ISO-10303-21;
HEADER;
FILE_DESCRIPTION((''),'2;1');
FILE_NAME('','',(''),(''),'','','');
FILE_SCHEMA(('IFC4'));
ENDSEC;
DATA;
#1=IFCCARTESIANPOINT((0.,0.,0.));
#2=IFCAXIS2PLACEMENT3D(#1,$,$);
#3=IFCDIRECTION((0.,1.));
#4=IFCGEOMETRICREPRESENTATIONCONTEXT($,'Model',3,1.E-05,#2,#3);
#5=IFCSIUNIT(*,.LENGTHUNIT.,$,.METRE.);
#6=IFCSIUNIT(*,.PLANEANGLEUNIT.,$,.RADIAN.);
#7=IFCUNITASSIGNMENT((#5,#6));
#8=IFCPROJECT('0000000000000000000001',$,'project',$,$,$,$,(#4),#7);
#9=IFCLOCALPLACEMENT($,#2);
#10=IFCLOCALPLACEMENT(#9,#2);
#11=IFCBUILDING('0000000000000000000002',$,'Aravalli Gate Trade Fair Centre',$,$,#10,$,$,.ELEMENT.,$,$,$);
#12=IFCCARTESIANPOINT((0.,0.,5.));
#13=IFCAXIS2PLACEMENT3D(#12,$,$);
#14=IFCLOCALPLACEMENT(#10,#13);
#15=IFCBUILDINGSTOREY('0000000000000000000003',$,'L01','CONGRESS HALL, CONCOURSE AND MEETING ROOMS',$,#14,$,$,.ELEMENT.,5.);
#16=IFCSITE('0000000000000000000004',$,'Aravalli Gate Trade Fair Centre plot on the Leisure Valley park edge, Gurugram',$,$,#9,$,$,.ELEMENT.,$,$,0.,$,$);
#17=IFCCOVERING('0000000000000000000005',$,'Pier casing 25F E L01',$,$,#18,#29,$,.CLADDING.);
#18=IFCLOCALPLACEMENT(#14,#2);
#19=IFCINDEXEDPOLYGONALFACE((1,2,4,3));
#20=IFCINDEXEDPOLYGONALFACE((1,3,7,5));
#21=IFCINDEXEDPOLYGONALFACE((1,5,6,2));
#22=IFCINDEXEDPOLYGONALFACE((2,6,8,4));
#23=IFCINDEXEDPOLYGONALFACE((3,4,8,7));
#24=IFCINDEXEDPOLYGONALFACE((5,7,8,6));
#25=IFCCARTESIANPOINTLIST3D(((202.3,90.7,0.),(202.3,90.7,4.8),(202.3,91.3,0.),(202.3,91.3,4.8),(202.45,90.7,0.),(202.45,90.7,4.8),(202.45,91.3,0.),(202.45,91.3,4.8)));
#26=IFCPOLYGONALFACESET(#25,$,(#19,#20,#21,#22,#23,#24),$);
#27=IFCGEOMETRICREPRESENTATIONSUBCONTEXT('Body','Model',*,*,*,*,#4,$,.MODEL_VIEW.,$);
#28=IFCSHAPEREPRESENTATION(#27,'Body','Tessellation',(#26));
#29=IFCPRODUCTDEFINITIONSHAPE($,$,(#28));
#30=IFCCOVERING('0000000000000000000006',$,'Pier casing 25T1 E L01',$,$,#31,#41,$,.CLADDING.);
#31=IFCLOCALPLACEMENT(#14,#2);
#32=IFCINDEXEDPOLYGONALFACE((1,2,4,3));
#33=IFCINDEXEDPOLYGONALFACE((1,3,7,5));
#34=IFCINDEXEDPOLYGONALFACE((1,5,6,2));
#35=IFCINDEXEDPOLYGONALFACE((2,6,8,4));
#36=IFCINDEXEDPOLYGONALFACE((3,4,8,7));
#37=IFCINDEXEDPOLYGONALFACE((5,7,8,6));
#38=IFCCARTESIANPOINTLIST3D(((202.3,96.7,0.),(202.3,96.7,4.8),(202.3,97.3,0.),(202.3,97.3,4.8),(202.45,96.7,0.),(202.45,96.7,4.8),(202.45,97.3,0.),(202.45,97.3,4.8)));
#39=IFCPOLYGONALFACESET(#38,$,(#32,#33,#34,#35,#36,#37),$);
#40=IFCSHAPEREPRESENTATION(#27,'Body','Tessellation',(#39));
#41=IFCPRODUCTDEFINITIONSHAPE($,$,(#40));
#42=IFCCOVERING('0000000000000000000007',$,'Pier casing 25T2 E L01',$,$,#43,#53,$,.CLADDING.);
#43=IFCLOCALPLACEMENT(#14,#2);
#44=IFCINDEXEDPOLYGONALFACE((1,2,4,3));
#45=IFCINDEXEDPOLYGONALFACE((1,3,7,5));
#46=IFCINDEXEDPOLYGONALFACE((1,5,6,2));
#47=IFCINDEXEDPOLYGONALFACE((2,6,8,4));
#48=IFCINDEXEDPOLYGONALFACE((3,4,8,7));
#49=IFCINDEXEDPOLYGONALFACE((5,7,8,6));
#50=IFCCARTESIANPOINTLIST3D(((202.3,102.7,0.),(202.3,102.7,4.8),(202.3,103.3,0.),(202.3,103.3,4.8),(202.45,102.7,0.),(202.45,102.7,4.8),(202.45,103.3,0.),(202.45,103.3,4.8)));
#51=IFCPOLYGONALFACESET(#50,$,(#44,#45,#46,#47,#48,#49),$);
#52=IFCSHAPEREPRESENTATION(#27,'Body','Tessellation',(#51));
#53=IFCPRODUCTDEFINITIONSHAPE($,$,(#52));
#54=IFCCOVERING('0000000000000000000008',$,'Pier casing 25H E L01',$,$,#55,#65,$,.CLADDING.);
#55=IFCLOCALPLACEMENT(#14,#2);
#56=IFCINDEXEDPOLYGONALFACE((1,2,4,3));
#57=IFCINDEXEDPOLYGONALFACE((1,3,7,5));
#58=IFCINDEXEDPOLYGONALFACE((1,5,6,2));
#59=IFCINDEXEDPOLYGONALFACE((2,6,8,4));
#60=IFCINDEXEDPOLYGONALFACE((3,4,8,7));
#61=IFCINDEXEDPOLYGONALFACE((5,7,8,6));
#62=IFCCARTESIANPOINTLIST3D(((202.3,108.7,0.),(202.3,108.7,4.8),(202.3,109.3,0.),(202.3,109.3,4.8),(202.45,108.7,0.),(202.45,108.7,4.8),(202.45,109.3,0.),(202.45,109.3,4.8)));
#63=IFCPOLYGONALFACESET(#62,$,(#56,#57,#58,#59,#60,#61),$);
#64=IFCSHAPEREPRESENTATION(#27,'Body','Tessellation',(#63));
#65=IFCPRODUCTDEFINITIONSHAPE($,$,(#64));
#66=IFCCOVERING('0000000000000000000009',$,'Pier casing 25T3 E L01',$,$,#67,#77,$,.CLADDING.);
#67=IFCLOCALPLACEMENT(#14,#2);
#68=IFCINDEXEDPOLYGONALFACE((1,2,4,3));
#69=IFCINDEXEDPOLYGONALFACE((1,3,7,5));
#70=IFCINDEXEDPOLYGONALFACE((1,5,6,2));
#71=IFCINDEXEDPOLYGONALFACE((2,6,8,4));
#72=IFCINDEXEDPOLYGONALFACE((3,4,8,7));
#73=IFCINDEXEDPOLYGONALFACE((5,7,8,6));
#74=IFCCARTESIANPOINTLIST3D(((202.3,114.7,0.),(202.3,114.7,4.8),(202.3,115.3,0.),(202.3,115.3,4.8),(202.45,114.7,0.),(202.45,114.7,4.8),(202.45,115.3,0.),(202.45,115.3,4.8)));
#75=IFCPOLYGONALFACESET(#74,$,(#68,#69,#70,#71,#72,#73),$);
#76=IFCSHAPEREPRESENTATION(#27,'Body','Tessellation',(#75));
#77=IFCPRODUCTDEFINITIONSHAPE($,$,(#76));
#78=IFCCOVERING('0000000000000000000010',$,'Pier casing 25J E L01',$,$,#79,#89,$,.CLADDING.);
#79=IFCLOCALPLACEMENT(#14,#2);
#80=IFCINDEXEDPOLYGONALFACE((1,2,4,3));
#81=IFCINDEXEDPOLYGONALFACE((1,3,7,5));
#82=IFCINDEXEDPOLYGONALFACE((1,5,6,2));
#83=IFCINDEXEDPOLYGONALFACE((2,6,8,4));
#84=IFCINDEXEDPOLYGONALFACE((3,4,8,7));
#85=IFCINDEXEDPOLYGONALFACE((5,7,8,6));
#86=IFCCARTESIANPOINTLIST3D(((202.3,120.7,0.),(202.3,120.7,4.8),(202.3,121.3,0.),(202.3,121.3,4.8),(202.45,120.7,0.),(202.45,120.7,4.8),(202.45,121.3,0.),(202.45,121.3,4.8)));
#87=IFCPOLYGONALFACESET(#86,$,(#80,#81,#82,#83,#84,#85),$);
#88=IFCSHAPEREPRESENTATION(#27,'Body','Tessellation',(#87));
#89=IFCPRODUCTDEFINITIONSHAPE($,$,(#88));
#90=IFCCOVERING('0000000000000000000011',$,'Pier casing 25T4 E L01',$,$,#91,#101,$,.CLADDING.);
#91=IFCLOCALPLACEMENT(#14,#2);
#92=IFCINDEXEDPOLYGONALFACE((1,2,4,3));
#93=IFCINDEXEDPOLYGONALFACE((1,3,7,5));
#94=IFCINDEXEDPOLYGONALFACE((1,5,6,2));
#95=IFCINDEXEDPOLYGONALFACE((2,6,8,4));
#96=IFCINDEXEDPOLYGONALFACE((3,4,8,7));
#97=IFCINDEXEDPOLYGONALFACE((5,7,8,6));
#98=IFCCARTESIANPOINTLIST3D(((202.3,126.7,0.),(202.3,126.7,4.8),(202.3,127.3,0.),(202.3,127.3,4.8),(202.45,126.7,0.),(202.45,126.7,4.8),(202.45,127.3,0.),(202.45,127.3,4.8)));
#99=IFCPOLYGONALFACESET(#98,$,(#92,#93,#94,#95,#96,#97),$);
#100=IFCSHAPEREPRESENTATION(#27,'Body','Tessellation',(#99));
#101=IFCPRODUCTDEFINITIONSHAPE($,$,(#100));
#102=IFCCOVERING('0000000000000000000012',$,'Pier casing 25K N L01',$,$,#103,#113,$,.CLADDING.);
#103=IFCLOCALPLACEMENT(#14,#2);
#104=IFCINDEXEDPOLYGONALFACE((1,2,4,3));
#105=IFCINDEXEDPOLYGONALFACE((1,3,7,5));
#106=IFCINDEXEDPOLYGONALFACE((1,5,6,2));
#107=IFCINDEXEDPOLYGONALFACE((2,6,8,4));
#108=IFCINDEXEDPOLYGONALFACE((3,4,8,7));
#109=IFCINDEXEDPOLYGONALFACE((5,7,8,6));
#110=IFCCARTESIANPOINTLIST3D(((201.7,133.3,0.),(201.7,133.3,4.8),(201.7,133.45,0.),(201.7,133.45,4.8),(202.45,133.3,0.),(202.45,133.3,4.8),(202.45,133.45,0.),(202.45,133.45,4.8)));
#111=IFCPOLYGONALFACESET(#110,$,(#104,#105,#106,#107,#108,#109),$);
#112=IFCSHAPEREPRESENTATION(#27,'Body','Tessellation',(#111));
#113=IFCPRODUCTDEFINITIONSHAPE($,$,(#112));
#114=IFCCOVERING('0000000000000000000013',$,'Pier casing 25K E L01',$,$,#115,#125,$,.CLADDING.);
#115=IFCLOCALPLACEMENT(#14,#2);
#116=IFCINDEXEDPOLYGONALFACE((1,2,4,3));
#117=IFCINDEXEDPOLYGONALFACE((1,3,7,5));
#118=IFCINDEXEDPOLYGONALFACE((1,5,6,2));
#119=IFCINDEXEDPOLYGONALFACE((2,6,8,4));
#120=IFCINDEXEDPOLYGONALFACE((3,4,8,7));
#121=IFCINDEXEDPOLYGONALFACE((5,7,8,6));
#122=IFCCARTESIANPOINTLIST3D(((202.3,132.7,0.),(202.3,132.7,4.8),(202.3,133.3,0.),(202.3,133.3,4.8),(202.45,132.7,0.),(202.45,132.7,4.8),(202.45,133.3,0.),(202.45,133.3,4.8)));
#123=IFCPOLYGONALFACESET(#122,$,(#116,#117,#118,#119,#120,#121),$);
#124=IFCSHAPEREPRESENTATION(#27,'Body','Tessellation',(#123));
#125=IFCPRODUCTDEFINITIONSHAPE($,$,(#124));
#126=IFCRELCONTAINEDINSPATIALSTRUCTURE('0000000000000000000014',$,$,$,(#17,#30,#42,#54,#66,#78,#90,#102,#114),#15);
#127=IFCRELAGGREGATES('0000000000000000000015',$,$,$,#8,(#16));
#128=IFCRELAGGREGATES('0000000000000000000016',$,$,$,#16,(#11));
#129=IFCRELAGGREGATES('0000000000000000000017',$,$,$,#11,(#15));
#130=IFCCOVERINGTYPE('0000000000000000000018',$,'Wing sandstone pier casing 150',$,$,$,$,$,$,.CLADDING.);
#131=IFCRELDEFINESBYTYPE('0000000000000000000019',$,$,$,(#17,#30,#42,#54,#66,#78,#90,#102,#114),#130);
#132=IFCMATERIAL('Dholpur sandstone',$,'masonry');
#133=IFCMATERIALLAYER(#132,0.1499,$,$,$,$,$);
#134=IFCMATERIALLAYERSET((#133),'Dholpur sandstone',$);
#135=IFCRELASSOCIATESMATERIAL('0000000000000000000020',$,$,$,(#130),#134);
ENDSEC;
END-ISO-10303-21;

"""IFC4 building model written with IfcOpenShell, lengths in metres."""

from ifc_helpers import new_model, si_unit, direction, frame, origin, place, context, subcontext, project, spatial, polyline, outline, extrude, material, layer, layer_set, type_object, element, save


model = new_model("IFC4")

# Units and contexts
model_context = context("Model", 3, precision=1e-05, world=origin(), true_north=direction((0.0, 1.0)))
body_context = subcontext(model_context, "Body", "Model", "MODEL_VIEW")
ifc_project = project(units=[si_unit("LENGTHUNIT", "METRE"), si_unit("PLANEANGLEUNIT", "RADIAN")], contexts=[model_context])

# Site, building, storey
site_placement = place(None, origin())
site = spatial("IfcSite", under=ifc_project, at=site_placement, Name="Aravalli Gate Trade Fair Centre plot on the Leisure Valley park edge, Gurugram", CompositionType="ELEMENT", RefElevation=0.0)
building_placement = place(site_placement, origin())
building = spatial("IfcBuilding", under=site, at=building_placement, Name="Aravalli Gate Trade Fair Centre", CompositionType="ELEMENT")
storey_placement = place(building_placement, frame((0.0, 0.0, 5.0)))
storey = spatial("IfcBuildingStorey", under=building, at=storey_placement, Name="L01", Description="CONGRESS HALL, CONCOURSE AND MEETING ROOMS", CompositionType="ELEMENT", Elevation=5.0)

# Coverings
ifc_material_1 = material(Name="Dholpur sandstone", Category="masonry")
ifc_layer_1 = layer(ifc_material_1, 0.1499)
ifc_layer_set_1 = layer_set([ifc_layer_1], Name="Dholpur sandstone")
covering_type_1 = type_object("IfcCoveringType", Name="Wing sandstone pier casing 150", PredefinedType="CLADDING", material=ifc_layer_set_1)
covering_1_placement = place(storey_placement, origin())
element("IfcCovering", 1, at=covering_1_placement, inside=storey, type_object=covering_type_1, Name="Pier casing 25F E L01", PredefinedType="CLADDING", context=body_context, shape_type="SweptSolid", body=[
    extrude(outline(polyline([(202.3, 90.7), (202.45, 90.7), (202.45, 91.3), (202.3, 91.3), (202.3, 90.7)])), origin(), (0.0, 0.0, 1.0), 4.8),
])
covering_2_placement = place(storey_placement, origin())
element("IfcCovering", 2, at=covering_2_placement, inside=storey, type_object=covering_type_1, Name="Pier casing 25T1 E L01", PredefinedType="CLADDING", context=body_context, shape_type="SweptSolid", body=[
    extrude(outline(polyline([(202.3, 96.7), (202.45, 96.7), (202.45, 97.3), (202.3, 97.3), (202.3, 96.7)])), origin(), (0.0, 0.0, 1.0), 4.8),
])
covering_3_placement = place(storey_placement, origin())
element("IfcCovering", 3, at=covering_3_placement, inside=storey, type_object=covering_type_1, Name="Pier casing 25T2 E L01", PredefinedType="CLADDING", context=body_context, shape_type="SweptSolid", body=[
    extrude(outline(polyline([(202.3, 102.7), (202.45, 102.7), (202.45, 103.3), (202.3, 103.3), (202.3, 102.7)])), origin(), (0.0, 0.0, 1.0), 4.8),
])
covering_4_placement = place(storey_placement, origin())
element("IfcCovering", 4, at=covering_4_placement, inside=storey, type_object=covering_type_1, Name="Pier casing 25H E L01", PredefinedType="CLADDING", context=body_context, shape_type="SweptSolid", body=[
    extrude(outline(polyline([(202.3, 108.7), (202.45, 108.7), (202.45, 109.3), (202.3, 109.3), (202.3, 108.7)])), origin(), (0.0, 0.0, 1.0), 4.8),
])
covering_5_placement = place(storey_placement, origin())
element("IfcCovering", 5, at=covering_5_placement, inside=storey, type_object=covering_type_1, Name="Pier casing 25T3 E L01", PredefinedType="CLADDING", context=body_context, shape_type="SweptSolid", body=[
    extrude(outline(polyline([(202.3, 114.7), (202.45, 114.7), (202.45, 115.3), (202.3, 115.3), (202.3, 114.7)])), origin(), (0.0, 0.0, 1.0), 4.8),
])
covering_6_placement = place(storey_placement, origin())
element("IfcCovering", 6, at=covering_6_placement, inside=storey, type_object=covering_type_1, Name="Pier casing 25J E L01", PredefinedType="CLADDING", context=body_context, shape_type="SweptSolid", body=[
    extrude(outline(polyline([(202.3, 120.7), (202.45, 120.7), (202.45, 121.3), (202.3, 121.3), (202.3, 120.7)])), origin(), (0.0, 0.0, 1.0), 4.8),
])
covering_7_placement = place(storey_placement, origin())
element("IfcCovering", 7, at=covering_7_placement, inside=storey, type_object=covering_type_1, Name="Pier casing 25T4 E L01", PredefinedType="CLADDING", context=body_context, shape_type="SweptSolid", body=[
    extrude(outline(polyline([(202.3, 126.7), (202.45, 126.7), (202.45, 127.3), (202.3, 127.3), (202.3, 126.7)])), origin(), (0.0, 0.0, 1.0), 4.8),
])
covering_8_placement = place(storey_placement, origin())
element("IfcCovering", 8, at=covering_8_placement, inside=storey, type_object=covering_type_1, Name="Pier casing 25K N L01", PredefinedType="CLADDING", context=body_context, shape_type="SweptSolid", body=[
    extrude(outline(polyline([(201.7, 133.3), (202.45, 133.3), (202.45, 133.45), (201.7, 133.45), (201.7, 133.3)])), origin(), (0.0, 0.0, 1.0), 4.8),
])
covering_9_placement = place(storey_placement, origin())
element("IfcCovering", 9, at=covering_9_placement, inside=storey, type_object=covering_type_1, Name="Pier casing 25K E L01", PredefinedType="CLADDING", context=body_context, shape_type="SweptSolid", body=[
    extrude(outline(polyline([(202.3, 132.7), (202.45, 132.7), (202.45, 133.3), (202.3, 133.3), (202.3, 132.7)])), origin(), (0.0, 0.0, 1.0), 4.8),
])

save(model, "model.ifc")
